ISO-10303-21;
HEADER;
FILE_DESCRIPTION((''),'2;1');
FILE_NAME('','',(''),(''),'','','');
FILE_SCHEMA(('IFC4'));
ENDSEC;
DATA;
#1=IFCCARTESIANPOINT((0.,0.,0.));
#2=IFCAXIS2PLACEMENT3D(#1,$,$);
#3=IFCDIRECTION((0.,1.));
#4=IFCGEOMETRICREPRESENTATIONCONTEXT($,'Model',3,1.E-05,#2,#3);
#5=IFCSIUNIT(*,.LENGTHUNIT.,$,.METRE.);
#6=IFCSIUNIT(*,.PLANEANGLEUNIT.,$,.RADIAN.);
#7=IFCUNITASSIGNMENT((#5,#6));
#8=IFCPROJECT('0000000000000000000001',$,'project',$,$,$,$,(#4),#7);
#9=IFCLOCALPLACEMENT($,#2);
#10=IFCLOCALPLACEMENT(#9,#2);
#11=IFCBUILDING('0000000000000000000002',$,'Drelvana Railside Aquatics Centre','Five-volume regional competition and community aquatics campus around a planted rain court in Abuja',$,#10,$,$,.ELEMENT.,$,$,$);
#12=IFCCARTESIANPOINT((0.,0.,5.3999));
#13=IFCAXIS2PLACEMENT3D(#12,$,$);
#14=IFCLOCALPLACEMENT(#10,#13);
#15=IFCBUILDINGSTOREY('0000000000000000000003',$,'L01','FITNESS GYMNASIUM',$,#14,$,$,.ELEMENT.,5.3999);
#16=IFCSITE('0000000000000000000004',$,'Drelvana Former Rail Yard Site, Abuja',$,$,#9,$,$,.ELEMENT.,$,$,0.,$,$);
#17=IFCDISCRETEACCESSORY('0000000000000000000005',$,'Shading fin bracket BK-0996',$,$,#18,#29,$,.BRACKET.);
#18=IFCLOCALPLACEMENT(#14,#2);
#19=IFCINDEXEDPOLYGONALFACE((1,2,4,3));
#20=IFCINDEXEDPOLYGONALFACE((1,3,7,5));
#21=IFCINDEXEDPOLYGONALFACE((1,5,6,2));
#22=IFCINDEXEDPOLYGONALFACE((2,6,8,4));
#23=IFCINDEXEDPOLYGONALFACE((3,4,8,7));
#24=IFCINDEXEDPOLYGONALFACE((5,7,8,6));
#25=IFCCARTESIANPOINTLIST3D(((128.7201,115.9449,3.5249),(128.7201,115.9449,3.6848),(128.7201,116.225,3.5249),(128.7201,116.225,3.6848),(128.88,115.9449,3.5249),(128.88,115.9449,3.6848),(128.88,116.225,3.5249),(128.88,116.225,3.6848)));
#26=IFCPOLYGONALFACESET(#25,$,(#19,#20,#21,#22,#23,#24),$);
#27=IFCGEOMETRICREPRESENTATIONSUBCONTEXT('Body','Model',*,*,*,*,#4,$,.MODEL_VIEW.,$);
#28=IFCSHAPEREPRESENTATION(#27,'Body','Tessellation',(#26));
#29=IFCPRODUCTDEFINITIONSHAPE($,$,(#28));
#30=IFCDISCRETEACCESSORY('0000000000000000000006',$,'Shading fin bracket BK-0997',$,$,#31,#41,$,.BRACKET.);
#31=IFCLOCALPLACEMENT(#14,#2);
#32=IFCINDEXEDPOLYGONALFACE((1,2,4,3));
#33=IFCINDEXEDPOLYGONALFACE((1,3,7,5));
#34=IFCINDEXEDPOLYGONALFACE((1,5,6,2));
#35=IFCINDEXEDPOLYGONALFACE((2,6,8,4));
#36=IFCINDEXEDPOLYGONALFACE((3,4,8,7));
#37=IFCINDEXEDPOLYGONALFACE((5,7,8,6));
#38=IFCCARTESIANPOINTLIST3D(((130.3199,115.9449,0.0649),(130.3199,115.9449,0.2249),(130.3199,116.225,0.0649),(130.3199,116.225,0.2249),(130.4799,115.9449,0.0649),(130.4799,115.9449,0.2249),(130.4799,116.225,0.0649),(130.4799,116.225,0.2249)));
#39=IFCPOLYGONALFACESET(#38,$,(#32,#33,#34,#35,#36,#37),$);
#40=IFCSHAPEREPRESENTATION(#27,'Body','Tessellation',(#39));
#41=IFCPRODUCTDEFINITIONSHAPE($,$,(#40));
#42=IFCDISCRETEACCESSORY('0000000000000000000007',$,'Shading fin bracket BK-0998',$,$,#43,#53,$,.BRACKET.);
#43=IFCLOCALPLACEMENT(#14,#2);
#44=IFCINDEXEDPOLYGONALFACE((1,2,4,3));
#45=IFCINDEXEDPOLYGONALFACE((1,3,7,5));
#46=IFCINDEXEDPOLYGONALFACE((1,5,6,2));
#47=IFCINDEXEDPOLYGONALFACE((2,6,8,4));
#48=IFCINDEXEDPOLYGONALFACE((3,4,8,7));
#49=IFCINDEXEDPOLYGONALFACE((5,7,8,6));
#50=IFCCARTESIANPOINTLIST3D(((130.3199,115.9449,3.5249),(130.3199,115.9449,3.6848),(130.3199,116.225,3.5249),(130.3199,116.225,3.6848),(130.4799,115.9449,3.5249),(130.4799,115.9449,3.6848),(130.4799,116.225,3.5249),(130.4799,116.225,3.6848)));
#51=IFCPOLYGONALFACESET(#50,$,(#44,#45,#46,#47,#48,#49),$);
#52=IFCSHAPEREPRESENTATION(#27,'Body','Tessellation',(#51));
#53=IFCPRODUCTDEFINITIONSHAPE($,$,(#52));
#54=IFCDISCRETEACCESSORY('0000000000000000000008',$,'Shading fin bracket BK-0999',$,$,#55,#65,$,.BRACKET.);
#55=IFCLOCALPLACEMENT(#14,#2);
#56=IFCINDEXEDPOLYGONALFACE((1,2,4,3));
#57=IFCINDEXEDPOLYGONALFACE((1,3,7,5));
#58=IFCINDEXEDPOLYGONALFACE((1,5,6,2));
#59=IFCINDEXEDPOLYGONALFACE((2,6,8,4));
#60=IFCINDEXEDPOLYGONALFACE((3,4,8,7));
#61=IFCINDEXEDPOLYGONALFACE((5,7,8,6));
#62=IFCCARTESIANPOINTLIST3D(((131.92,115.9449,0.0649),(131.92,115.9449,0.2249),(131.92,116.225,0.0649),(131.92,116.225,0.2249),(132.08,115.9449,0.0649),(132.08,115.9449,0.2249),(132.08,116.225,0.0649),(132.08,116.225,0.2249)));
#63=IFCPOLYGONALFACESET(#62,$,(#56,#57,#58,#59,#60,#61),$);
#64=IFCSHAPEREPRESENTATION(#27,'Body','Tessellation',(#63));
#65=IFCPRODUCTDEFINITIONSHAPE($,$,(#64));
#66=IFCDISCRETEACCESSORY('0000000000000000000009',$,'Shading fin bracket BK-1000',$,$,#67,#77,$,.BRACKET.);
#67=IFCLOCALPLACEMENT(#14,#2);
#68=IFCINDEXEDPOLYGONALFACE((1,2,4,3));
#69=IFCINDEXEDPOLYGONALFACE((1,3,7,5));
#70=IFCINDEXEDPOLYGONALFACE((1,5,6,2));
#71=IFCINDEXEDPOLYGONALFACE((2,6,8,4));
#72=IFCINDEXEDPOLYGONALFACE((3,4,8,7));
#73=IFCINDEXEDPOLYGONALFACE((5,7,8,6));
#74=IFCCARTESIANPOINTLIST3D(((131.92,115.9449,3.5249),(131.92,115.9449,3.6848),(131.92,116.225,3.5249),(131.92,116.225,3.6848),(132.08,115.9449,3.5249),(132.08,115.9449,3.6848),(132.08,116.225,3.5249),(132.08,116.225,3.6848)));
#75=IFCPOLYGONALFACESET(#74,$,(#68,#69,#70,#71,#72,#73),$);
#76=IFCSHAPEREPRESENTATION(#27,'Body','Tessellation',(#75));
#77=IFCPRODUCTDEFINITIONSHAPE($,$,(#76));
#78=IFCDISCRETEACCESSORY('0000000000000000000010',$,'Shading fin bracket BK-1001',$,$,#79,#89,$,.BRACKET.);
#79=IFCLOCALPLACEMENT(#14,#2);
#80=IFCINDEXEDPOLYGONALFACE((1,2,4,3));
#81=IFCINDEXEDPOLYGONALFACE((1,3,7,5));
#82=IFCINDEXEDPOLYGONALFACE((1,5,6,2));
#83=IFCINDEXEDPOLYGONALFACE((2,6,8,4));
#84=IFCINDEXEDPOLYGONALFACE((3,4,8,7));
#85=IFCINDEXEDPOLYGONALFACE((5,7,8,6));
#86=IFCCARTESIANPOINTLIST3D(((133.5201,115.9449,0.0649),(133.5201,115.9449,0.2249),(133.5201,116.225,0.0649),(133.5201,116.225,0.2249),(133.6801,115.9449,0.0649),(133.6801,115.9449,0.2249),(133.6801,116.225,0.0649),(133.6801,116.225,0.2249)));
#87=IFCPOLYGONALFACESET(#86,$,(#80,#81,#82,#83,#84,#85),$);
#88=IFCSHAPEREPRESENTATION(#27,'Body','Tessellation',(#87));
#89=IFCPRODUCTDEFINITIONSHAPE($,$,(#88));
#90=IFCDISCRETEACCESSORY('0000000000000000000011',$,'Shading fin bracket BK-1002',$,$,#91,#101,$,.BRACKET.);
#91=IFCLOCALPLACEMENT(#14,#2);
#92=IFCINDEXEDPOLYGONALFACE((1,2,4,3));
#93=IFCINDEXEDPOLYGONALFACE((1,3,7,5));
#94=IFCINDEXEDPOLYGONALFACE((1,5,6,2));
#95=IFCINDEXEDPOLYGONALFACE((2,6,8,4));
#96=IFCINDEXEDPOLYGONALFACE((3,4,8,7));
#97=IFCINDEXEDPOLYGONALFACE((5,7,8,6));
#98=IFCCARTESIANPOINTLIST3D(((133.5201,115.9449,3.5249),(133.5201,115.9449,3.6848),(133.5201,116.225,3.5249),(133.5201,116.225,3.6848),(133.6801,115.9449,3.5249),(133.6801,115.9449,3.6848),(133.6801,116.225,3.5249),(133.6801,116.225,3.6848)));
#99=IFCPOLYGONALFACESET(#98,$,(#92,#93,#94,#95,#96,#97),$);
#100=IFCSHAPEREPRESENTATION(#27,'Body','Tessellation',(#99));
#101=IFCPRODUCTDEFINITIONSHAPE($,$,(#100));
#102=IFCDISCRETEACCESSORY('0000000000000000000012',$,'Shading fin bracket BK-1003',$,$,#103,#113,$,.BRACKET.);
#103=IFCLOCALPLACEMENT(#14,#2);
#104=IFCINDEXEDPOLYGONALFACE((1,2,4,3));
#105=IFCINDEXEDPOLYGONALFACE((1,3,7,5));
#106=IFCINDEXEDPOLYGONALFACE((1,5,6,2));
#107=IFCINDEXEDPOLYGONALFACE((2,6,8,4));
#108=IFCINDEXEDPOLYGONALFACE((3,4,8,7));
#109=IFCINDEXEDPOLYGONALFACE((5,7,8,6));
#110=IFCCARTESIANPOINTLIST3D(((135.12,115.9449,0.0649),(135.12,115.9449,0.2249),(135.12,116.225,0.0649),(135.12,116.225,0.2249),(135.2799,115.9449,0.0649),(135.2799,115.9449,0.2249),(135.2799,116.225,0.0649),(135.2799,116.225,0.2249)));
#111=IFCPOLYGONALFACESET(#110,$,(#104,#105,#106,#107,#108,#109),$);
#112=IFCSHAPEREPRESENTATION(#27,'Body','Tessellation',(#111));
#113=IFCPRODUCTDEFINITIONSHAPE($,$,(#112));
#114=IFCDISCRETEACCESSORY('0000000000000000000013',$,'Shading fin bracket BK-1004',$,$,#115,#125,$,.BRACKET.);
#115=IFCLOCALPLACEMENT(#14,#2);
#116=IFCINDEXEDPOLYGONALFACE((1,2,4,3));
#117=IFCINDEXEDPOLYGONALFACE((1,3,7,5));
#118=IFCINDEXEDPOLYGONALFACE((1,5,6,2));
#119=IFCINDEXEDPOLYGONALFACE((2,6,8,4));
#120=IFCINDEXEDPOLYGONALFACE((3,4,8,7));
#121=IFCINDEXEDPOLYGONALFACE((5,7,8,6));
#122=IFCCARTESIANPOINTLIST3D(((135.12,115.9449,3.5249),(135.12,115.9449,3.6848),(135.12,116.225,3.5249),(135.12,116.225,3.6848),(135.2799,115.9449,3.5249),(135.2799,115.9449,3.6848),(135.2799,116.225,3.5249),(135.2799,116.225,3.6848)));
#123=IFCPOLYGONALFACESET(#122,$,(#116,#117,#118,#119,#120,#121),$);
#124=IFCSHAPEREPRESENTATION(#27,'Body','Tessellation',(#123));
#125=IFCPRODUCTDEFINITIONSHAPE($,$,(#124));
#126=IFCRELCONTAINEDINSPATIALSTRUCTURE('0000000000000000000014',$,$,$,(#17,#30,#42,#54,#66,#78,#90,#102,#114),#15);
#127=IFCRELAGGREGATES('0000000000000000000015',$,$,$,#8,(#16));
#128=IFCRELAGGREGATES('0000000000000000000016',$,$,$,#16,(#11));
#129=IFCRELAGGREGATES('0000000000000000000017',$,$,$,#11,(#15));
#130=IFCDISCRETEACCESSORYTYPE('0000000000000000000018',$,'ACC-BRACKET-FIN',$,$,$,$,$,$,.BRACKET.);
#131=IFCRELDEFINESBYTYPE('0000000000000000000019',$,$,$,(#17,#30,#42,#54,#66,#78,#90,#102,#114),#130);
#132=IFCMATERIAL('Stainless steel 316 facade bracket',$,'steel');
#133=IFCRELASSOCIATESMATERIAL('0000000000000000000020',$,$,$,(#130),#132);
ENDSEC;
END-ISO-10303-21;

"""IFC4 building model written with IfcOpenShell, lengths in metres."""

from ifc_helpers import new_model, si_unit, direction, frame, origin, origin_2d, place, context, subcontext, project, spatial, rectangle, extrude, material, type_object, element, save


model = new_model("IFC4")

# Units and contexts
model_context = context("Model", 3, precision=1e-05, world=origin(), true_north=direction((0.0, 1.0)))
body_context = subcontext(model_context, "Body", "Model", "MODEL_VIEW")
ifc_project = project(units=[si_unit("LENGTHUNIT", "METRE"), si_unit("PLANEANGLEUNIT", "RADIAN")], contexts=[model_context])

# Site, building, storey
site_placement = place(None, origin())
site = spatial("IfcSite", under=ifc_project, at=site_placement, Name="Drelvana Former Rail Yard Site, Abuja", CompositionType="ELEMENT", RefElevation=0.0)
building_placement = place(site_placement, origin())
building = spatial("IfcBuilding", under=site, at=building_placement, Name="Drelvana Railside Aquatics Centre", Description="Five-volume regional competition and community aquatics campus around a planted rain court in Abuja", CompositionType="ELEMENT")
storey_placement = place(building_placement, frame((0.0, 0.0, 5.3999)))
storey = spatial("IfcBuildingStorey", under=building, at=storey_placement, Name="L01", Description="FITNESS GYMNASIUM", CompositionType="ELEMENT", Elevation=5.3999)

# Discrete accessories
ifc_material_1 = material(Name="Stainless steel 316 facade bracket", Category="steel")
discrete_accessory_type = type_object("IfcDiscreteAccessoryType", Name="ACC-BRACKET-FIN", PredefinedType="BRACKET", material=ifc_material_1)
for number, where, z_axis, x_axis, name in (
    (1, (128.8, 116.085, 3.5249), (0.0, 0.0, 1.0), (0.0, 1.0, 0.0), "Shading fin bracket BK-0996"),
    (2, (130.3999, 116.085, 0.0649), (0.0, 0.0, 1.0), (0.0, 1.0, 0.0), "Shading fin bracket BK-0997"),
    (3, (130.3999, 116.085, 3.5249), (0.0, 0.0, 1.0), (0.0, 1.0, 0.0), "Shading fin bracket BK-0998"),
    (4, (132.0, 116.085, 0.0649), (0.0, 0.0, 1.0), (0.0, 1.0, 0.0), "Shading fin bracket BK-0999"),
    (5, (132.0, 116.085, 3.5249), (0.0, 0.0, 1.0), (0.0, 1.0, 0.0), "Shading fin bracket BK-1000"),
    (6, (133.6001, 116.085, 0.0649), (0.0, 0.0, 1.0), (0.0, 1.0, 0.0), "Shading fin bracket BK-1001"),
    (7, (133.6001, 116.085, 3.5249), (0.0, 0.0, 1.0), (0.0, 1.0, 0.0), "Shading fin bracket BK-1002"),
    (8, (135.2, 116.085, 0.0649), (0.0, 0.0, 1.0), (0.0, 1.0, 0.0), "Shading fin bracket BK-1003"),
    (9, (135.2, 116.085, 3.5249), (0.0, 0.0, 1.0), (0.0, 1.0, 0.0), "Shading fin bracket BK-1004"),
):
    element("IfcDiscreteAccessory", number, at=place(storey_placement, frame(where, z_axis=z_axis, x_axis=x_axis)), inside=storey, type_object=discrete_accessory_type, Name=name, PredefinedType="BRACKET", context=body_context, shape_type="SweptSolid", body=[
        extrude(rectangle(XDim=0.28, YDim=0.1599, at=origin_2d()), origin(), (0.0, 0.0, 1.0), 0.1599),
    ])

save(model, "model.ifc")
